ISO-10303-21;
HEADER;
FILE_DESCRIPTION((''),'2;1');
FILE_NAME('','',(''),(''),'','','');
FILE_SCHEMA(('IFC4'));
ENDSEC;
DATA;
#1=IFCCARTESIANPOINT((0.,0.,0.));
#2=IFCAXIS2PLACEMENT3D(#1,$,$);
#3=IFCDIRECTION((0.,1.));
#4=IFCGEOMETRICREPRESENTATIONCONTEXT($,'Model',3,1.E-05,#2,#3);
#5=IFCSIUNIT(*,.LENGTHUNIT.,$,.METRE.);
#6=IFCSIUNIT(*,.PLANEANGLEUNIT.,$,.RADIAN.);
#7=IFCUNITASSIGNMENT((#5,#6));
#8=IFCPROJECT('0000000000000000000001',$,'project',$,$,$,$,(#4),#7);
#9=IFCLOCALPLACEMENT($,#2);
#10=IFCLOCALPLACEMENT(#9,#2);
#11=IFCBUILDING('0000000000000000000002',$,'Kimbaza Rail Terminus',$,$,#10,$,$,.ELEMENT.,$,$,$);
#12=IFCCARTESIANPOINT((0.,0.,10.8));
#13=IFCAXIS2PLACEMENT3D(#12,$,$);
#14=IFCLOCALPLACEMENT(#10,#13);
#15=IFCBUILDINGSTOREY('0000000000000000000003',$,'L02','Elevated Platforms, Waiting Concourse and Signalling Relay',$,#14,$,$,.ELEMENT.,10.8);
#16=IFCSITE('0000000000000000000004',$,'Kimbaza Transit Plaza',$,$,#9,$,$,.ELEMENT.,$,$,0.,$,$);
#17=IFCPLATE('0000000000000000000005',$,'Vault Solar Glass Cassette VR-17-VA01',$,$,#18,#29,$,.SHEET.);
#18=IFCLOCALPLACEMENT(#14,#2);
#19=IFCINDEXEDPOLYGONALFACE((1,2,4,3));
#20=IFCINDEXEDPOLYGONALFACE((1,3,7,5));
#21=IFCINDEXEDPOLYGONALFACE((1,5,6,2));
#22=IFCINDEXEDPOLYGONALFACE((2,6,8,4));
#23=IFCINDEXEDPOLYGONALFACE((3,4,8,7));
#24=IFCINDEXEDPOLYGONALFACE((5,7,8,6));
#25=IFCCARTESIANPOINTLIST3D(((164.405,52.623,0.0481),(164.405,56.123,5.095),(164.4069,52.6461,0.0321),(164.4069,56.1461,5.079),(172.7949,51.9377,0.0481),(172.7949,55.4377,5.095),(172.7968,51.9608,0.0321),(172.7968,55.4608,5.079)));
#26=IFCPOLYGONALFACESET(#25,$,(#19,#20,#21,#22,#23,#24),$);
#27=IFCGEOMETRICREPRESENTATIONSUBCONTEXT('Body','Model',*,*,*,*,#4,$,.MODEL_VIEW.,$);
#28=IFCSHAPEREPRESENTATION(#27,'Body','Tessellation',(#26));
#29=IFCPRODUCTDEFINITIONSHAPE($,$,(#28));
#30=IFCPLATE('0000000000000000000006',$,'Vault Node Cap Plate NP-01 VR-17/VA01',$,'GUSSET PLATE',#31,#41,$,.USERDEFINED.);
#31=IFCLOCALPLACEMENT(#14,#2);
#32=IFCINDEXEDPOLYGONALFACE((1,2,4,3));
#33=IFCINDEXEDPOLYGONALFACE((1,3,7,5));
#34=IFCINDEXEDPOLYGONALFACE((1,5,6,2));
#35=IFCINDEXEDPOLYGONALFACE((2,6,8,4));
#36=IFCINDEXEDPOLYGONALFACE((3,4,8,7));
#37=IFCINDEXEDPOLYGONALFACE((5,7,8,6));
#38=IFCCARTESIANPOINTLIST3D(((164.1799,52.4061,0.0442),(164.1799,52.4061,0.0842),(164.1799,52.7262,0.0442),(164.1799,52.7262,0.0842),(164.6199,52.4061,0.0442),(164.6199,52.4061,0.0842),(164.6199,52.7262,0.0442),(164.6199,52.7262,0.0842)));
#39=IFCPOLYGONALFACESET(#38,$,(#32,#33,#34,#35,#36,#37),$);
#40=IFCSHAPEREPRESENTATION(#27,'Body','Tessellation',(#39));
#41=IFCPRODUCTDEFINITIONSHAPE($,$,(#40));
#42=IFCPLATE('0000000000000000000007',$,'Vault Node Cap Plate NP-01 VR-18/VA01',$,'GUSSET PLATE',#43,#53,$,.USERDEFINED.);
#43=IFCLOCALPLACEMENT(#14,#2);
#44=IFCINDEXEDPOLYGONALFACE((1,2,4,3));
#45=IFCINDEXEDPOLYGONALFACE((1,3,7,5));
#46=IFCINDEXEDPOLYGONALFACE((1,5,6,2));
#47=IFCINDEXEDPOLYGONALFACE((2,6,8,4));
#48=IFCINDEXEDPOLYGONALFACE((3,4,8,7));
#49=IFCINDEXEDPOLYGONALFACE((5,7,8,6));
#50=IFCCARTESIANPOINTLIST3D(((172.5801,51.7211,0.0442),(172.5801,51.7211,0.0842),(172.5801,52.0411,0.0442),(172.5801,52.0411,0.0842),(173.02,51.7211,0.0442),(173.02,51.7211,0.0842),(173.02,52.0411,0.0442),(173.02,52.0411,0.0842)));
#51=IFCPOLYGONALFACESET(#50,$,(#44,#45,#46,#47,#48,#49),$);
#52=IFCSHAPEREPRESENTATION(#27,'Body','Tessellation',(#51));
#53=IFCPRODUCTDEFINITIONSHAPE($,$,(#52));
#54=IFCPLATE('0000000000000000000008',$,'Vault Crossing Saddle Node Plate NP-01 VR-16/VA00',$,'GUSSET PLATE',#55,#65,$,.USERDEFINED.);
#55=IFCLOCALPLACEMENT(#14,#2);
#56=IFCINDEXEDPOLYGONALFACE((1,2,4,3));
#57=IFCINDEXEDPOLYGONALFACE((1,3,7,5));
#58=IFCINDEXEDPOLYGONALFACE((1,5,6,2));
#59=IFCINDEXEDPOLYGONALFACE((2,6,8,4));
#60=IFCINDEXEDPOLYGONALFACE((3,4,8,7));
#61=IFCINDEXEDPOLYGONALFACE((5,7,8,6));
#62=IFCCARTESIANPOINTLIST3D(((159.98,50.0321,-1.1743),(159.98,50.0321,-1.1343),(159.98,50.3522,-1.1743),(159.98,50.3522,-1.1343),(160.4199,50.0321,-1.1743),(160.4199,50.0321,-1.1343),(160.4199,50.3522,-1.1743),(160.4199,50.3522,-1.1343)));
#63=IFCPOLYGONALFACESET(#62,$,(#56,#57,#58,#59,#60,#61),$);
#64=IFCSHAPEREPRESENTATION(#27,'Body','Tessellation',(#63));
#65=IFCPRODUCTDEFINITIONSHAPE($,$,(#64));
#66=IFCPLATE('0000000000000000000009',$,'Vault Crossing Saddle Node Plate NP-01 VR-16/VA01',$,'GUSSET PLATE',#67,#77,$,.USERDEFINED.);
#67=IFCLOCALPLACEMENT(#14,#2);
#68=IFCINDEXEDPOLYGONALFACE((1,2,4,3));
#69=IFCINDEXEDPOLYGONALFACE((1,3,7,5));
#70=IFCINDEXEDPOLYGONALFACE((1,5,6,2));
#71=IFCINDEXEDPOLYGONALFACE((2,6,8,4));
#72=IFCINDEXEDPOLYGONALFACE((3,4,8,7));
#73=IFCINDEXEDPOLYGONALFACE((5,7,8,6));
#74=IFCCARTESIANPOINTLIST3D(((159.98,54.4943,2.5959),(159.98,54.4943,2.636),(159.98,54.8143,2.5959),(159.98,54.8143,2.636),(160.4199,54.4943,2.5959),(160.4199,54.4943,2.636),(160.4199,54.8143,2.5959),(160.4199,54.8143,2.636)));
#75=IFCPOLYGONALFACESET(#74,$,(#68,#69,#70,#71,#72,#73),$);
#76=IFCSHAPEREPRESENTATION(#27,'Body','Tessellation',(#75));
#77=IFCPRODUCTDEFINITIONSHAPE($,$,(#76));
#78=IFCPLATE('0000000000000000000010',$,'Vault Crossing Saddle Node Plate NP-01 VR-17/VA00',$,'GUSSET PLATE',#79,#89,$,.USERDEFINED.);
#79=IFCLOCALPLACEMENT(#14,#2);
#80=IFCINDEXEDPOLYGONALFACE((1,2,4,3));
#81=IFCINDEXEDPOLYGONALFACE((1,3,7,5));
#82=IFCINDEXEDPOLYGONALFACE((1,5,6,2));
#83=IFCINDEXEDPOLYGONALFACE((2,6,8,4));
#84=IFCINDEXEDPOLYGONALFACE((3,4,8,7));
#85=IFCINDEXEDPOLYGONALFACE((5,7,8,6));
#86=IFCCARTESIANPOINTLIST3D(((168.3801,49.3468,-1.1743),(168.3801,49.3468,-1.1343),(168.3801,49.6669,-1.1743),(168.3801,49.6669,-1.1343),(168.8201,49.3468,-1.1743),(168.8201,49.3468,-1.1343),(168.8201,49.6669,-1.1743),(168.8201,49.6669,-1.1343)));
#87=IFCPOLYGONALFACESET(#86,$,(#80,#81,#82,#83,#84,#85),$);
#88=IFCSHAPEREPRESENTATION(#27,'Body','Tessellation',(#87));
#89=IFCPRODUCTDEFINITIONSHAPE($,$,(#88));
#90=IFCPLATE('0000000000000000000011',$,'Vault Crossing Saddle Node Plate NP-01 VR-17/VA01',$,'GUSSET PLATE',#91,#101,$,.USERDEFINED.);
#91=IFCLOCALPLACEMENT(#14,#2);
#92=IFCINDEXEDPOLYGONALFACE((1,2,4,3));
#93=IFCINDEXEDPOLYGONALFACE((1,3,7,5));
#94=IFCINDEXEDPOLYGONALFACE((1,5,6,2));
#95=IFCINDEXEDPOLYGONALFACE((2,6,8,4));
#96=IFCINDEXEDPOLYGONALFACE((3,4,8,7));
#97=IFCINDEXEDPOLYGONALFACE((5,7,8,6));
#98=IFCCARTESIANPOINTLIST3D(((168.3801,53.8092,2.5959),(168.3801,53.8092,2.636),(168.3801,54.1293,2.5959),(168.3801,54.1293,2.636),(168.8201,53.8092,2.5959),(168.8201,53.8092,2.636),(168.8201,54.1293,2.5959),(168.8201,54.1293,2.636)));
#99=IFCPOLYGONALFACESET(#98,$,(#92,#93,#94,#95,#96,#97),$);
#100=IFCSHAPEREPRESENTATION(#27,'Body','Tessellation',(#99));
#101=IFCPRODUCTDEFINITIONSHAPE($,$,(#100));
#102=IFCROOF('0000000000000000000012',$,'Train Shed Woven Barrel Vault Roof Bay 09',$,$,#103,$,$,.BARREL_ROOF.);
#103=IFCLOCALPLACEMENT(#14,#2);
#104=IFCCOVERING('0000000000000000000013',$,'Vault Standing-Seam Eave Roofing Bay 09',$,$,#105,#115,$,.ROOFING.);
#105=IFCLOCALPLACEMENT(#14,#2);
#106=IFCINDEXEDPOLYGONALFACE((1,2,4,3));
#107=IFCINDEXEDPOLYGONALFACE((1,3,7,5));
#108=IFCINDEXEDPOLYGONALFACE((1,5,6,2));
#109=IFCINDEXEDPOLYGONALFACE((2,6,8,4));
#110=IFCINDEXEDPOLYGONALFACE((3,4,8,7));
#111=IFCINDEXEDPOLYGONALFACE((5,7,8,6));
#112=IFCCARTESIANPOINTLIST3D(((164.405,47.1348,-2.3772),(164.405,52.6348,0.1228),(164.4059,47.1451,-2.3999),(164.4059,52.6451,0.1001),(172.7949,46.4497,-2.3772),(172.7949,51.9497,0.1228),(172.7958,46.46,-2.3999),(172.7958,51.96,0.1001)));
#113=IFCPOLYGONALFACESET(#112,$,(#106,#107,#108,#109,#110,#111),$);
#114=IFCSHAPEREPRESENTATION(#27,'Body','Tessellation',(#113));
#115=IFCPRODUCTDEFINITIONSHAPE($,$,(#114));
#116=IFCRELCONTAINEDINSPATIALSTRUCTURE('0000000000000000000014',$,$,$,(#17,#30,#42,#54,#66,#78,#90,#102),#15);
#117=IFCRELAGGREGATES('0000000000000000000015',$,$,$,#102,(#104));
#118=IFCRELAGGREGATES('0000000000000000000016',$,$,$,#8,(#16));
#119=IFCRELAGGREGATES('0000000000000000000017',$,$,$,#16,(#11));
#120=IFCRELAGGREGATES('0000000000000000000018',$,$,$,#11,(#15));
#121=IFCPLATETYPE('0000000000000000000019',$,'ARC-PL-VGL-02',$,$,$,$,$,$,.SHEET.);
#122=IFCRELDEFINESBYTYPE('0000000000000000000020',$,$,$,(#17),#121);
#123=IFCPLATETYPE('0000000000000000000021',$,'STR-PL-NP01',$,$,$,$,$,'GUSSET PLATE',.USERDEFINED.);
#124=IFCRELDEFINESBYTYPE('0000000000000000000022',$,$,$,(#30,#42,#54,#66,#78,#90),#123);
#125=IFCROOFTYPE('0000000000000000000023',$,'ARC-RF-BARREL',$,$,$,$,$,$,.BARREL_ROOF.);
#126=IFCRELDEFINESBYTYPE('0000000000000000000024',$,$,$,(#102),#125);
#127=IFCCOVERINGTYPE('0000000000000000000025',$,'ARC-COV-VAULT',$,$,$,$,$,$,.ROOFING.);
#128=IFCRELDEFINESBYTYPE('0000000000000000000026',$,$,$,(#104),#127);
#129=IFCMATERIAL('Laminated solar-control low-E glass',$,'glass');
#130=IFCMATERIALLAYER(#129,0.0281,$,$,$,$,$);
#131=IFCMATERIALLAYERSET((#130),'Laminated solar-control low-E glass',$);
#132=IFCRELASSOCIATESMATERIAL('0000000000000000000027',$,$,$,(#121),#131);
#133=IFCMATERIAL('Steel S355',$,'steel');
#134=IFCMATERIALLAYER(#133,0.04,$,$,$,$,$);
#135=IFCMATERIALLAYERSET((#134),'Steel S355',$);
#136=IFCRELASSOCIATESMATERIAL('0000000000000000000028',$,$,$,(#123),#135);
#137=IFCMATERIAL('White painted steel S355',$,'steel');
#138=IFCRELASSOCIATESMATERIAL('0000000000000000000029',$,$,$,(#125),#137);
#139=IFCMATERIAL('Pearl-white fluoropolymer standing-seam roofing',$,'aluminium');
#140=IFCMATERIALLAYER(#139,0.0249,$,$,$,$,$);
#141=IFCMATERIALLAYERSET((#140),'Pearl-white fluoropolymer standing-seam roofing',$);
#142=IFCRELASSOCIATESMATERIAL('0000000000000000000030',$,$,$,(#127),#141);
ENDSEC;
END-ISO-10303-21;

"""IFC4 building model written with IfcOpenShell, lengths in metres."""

from ifc_helpers import new_model, si_unit, direction, frame, origin, origin_2d, place, context, subcontext, project, spatial, polyline, rectangle, outline, extrude, material, layer, layer_set, type_object, element, aggregate, save


model = new_model("IFC4")

# Units and contexts
model_context = context("Model", 3, precision=1e-05, world=origin(), true_north=direction((0.0, 1.0)))
body_context = subcontext(model_context, "Body", "Model", "MODEL_VIEW")
ifc_project = project(units=[si_unit("LENGTHUNIT", "METRE"), si_unit("PLANEANGLEUNIT", "RADIAN")], contexts=[model_context])

# Site, building, storey
site_placement = place(None, origin())
site = spatial("IfcSite", under=ifc_project, at=site_placement, Name="Kimbaza Transit Plaza", CompositionType="ELEMENT", RefElevation=0.0)
building_placement = place(site_placement, origin())
building = spatial("IfcBuilding", under=site, at=building_placement, Name="Kimbaza Rail Terminus", CompositionType="ELEMENT")
storey_placement = place(building_placement, frame((0.0, 0.0, 10.8)))
storey = spatial("IfcBuildingStorey", under=building, at=storey_placement, Name="L02", Description="Elevated Platforms, Waiting Concourse and Signalling Relay", CompositionType="ELEMENT", Elevation=10.8)

# Plates
ifc_material_1 = material(Name="Laminated solar-control low-E glass", Category="glass")
ifc_layer_1 = layer(ifc_material_1, 0.0281)
ifc_layer_set_1 = layer_set([ifc_layer_1], Name="Laminated solar-control low-E glass")
plate_type_1 = type_object("IfcPlateType", Name="ARC-PL-VGL-02", PredefinedType="SHEET", material=ifc_layer_set_1)
plate_1_placement = place(storey_placement, frame((164.405, 52.623, 0.0481), z_axis=(-0.06697, -0.819889, 0.568592), x_axis=(0.996681, -0.081411, 0.0)))
element("IfcPlate", 1, at=plate_1_placement, inside=storey, type_object=plate_type_1, Name="Vault Solar Glass Cassette VR-17-VA01", PredefinedType="SHEET", context=body_context, shape_type="SweptSolid", body=[
    extrude(outline(polyline([(0.0, 0.0), (8.4178, 0.0), (8.1329, 6.1351), (-0.2849, 6.1351), (0.0, 0.0)])), origin(), (0.0, 0.0, -1.0), 0.0281),
])
ifc_material_2 = material(Name="Steel S355", Category="steel")
ifc_layer_2 = layer(ifc_material_2, 0.04)
ifc_layer_set_2 = layer_set([ifc_layer_2], Name="Steel S355")
plate_type_2 = type_object("IfcPlateType", Name="STR-PL-NP01", ElementType="GUSSET PLATE", PredefinedType="USERDEFINED", material=ifc_layer_set_2)
for number, where, z_axis, x_axis, name in (
    (2, (164.3999, 52.5662, 0.0442), (0.0, 0.0, 1.0), (1.0, 0.0, 0.0), "Vault Node Cap Plate NP-01 VR-17/VA01"),
    (3, (172.8, 51.8811, 0.0442), (0.0, 0.0, 1.0), (1.0, 0.0, 0.0), "Vault Node Cap Plate NP-01 VR-18/VA01"),
    (4, (160.2, 50.1921, -1.1743), (0.0, 0.0, 1.0), (1.0, 0.0, 0.0), "Vault Crossing Saddle Node Plate NP-01 VR-16/VA00"),
    (5, (160.2, 54.6543, 2.5959), (0.0, 0.0, 1.0), (1.0, 0.0, 0.0), "Vault Crossing Saddle Node Plate NP-01 VR-16/VA01"),
    (6, (168.6001, 49.5068, -1.1743), (0.0, 0.0, 1.0), (1.0, 0.0, 0.0), "Vault Crossing Saddle Node Plate NP-01 VR-17/VA00"),
    (7, (168.6001, 53.9692, 2.5959), (0.0, 0.0, 1.0), (1.0, 0.0, 0.0), "Vault Crossing Saddle Node Plate NP-01 VR-17/VA01"),
):
    element("IfcPlate", number, at=place(storey_placement, frame(where, z_axis=z_axis, x_axis=x_axis)), inside=storey, type_object=plate_type_2, Name=name, ObjectType="GUSSET PLATE", PredefinedType="USERDEFINED", context=body_context, shape_type="SweptSolid", body=[
        extrude(rectangle(XDim=0.4399, YDim=0.3201, at=origin_2d()), origin(), (0.0, 0.0, 1.0), 0.04),
    ])

# Roof, covering
ifc_material_3 = material(Name="White painted steel S355", Category="steel")
roof_type = type_object("IfcRoofType", Name="ARC-RF-BARREL", PredefinedType="BARREL_ROOF", material=ifc_material_3)
roof_placement = place(storey_placement, origin())
roof = element("IfcRoof", 8, at=roof_placement, inside=storey, type_object=roof_type, Name="Train Shed Woven Barrel Vault Roof Bay 09", PredefinedType="BARREL_ROOF")
ifc_material_4 = material(Name="Pearl-white fluoropolymer standing-seam roofing", Category="aluminium")
ifc_layer_3 = layer(ifc_material_4, 0.0249)
ifc_layer_set_3 = layer_set([ifc_layer_3], Name="Pearl-white fluoropolymer standing-seam roofing")
covering_type = type_object("IfcCoveringType", Name="ARC-COV-VAULT", PredefinedType="ROOFING", material=ifc_layer_set_3)
covering_placement = place(storey_placement, frame((164.405, 47.1348, -2.3772), z_axis=(-0.033769, -0.413567, 0.909847), x_axis=(0.996683, -0.081382, 0.0)))
covering = element("IfcCovering", 9, at=covering_placement, type_object=covering_type, Name="Vault Standing-Seam Eave Roofing Bay 09", PredefinedType="ROOFING", context=body_context, shape_type="SweptSolid", body=[
    extrude(outline(polyline([(0.0, 0.0), (8.4178, 0.0), (7.9702, 6.0249), (-0.4476, 6.0249), (0.0, 0.0)])), origin(), (0.0, 0.0, -1.0), 0.0249),
])
aggregate(roof, [covering])

save(model, "model.ifc")
